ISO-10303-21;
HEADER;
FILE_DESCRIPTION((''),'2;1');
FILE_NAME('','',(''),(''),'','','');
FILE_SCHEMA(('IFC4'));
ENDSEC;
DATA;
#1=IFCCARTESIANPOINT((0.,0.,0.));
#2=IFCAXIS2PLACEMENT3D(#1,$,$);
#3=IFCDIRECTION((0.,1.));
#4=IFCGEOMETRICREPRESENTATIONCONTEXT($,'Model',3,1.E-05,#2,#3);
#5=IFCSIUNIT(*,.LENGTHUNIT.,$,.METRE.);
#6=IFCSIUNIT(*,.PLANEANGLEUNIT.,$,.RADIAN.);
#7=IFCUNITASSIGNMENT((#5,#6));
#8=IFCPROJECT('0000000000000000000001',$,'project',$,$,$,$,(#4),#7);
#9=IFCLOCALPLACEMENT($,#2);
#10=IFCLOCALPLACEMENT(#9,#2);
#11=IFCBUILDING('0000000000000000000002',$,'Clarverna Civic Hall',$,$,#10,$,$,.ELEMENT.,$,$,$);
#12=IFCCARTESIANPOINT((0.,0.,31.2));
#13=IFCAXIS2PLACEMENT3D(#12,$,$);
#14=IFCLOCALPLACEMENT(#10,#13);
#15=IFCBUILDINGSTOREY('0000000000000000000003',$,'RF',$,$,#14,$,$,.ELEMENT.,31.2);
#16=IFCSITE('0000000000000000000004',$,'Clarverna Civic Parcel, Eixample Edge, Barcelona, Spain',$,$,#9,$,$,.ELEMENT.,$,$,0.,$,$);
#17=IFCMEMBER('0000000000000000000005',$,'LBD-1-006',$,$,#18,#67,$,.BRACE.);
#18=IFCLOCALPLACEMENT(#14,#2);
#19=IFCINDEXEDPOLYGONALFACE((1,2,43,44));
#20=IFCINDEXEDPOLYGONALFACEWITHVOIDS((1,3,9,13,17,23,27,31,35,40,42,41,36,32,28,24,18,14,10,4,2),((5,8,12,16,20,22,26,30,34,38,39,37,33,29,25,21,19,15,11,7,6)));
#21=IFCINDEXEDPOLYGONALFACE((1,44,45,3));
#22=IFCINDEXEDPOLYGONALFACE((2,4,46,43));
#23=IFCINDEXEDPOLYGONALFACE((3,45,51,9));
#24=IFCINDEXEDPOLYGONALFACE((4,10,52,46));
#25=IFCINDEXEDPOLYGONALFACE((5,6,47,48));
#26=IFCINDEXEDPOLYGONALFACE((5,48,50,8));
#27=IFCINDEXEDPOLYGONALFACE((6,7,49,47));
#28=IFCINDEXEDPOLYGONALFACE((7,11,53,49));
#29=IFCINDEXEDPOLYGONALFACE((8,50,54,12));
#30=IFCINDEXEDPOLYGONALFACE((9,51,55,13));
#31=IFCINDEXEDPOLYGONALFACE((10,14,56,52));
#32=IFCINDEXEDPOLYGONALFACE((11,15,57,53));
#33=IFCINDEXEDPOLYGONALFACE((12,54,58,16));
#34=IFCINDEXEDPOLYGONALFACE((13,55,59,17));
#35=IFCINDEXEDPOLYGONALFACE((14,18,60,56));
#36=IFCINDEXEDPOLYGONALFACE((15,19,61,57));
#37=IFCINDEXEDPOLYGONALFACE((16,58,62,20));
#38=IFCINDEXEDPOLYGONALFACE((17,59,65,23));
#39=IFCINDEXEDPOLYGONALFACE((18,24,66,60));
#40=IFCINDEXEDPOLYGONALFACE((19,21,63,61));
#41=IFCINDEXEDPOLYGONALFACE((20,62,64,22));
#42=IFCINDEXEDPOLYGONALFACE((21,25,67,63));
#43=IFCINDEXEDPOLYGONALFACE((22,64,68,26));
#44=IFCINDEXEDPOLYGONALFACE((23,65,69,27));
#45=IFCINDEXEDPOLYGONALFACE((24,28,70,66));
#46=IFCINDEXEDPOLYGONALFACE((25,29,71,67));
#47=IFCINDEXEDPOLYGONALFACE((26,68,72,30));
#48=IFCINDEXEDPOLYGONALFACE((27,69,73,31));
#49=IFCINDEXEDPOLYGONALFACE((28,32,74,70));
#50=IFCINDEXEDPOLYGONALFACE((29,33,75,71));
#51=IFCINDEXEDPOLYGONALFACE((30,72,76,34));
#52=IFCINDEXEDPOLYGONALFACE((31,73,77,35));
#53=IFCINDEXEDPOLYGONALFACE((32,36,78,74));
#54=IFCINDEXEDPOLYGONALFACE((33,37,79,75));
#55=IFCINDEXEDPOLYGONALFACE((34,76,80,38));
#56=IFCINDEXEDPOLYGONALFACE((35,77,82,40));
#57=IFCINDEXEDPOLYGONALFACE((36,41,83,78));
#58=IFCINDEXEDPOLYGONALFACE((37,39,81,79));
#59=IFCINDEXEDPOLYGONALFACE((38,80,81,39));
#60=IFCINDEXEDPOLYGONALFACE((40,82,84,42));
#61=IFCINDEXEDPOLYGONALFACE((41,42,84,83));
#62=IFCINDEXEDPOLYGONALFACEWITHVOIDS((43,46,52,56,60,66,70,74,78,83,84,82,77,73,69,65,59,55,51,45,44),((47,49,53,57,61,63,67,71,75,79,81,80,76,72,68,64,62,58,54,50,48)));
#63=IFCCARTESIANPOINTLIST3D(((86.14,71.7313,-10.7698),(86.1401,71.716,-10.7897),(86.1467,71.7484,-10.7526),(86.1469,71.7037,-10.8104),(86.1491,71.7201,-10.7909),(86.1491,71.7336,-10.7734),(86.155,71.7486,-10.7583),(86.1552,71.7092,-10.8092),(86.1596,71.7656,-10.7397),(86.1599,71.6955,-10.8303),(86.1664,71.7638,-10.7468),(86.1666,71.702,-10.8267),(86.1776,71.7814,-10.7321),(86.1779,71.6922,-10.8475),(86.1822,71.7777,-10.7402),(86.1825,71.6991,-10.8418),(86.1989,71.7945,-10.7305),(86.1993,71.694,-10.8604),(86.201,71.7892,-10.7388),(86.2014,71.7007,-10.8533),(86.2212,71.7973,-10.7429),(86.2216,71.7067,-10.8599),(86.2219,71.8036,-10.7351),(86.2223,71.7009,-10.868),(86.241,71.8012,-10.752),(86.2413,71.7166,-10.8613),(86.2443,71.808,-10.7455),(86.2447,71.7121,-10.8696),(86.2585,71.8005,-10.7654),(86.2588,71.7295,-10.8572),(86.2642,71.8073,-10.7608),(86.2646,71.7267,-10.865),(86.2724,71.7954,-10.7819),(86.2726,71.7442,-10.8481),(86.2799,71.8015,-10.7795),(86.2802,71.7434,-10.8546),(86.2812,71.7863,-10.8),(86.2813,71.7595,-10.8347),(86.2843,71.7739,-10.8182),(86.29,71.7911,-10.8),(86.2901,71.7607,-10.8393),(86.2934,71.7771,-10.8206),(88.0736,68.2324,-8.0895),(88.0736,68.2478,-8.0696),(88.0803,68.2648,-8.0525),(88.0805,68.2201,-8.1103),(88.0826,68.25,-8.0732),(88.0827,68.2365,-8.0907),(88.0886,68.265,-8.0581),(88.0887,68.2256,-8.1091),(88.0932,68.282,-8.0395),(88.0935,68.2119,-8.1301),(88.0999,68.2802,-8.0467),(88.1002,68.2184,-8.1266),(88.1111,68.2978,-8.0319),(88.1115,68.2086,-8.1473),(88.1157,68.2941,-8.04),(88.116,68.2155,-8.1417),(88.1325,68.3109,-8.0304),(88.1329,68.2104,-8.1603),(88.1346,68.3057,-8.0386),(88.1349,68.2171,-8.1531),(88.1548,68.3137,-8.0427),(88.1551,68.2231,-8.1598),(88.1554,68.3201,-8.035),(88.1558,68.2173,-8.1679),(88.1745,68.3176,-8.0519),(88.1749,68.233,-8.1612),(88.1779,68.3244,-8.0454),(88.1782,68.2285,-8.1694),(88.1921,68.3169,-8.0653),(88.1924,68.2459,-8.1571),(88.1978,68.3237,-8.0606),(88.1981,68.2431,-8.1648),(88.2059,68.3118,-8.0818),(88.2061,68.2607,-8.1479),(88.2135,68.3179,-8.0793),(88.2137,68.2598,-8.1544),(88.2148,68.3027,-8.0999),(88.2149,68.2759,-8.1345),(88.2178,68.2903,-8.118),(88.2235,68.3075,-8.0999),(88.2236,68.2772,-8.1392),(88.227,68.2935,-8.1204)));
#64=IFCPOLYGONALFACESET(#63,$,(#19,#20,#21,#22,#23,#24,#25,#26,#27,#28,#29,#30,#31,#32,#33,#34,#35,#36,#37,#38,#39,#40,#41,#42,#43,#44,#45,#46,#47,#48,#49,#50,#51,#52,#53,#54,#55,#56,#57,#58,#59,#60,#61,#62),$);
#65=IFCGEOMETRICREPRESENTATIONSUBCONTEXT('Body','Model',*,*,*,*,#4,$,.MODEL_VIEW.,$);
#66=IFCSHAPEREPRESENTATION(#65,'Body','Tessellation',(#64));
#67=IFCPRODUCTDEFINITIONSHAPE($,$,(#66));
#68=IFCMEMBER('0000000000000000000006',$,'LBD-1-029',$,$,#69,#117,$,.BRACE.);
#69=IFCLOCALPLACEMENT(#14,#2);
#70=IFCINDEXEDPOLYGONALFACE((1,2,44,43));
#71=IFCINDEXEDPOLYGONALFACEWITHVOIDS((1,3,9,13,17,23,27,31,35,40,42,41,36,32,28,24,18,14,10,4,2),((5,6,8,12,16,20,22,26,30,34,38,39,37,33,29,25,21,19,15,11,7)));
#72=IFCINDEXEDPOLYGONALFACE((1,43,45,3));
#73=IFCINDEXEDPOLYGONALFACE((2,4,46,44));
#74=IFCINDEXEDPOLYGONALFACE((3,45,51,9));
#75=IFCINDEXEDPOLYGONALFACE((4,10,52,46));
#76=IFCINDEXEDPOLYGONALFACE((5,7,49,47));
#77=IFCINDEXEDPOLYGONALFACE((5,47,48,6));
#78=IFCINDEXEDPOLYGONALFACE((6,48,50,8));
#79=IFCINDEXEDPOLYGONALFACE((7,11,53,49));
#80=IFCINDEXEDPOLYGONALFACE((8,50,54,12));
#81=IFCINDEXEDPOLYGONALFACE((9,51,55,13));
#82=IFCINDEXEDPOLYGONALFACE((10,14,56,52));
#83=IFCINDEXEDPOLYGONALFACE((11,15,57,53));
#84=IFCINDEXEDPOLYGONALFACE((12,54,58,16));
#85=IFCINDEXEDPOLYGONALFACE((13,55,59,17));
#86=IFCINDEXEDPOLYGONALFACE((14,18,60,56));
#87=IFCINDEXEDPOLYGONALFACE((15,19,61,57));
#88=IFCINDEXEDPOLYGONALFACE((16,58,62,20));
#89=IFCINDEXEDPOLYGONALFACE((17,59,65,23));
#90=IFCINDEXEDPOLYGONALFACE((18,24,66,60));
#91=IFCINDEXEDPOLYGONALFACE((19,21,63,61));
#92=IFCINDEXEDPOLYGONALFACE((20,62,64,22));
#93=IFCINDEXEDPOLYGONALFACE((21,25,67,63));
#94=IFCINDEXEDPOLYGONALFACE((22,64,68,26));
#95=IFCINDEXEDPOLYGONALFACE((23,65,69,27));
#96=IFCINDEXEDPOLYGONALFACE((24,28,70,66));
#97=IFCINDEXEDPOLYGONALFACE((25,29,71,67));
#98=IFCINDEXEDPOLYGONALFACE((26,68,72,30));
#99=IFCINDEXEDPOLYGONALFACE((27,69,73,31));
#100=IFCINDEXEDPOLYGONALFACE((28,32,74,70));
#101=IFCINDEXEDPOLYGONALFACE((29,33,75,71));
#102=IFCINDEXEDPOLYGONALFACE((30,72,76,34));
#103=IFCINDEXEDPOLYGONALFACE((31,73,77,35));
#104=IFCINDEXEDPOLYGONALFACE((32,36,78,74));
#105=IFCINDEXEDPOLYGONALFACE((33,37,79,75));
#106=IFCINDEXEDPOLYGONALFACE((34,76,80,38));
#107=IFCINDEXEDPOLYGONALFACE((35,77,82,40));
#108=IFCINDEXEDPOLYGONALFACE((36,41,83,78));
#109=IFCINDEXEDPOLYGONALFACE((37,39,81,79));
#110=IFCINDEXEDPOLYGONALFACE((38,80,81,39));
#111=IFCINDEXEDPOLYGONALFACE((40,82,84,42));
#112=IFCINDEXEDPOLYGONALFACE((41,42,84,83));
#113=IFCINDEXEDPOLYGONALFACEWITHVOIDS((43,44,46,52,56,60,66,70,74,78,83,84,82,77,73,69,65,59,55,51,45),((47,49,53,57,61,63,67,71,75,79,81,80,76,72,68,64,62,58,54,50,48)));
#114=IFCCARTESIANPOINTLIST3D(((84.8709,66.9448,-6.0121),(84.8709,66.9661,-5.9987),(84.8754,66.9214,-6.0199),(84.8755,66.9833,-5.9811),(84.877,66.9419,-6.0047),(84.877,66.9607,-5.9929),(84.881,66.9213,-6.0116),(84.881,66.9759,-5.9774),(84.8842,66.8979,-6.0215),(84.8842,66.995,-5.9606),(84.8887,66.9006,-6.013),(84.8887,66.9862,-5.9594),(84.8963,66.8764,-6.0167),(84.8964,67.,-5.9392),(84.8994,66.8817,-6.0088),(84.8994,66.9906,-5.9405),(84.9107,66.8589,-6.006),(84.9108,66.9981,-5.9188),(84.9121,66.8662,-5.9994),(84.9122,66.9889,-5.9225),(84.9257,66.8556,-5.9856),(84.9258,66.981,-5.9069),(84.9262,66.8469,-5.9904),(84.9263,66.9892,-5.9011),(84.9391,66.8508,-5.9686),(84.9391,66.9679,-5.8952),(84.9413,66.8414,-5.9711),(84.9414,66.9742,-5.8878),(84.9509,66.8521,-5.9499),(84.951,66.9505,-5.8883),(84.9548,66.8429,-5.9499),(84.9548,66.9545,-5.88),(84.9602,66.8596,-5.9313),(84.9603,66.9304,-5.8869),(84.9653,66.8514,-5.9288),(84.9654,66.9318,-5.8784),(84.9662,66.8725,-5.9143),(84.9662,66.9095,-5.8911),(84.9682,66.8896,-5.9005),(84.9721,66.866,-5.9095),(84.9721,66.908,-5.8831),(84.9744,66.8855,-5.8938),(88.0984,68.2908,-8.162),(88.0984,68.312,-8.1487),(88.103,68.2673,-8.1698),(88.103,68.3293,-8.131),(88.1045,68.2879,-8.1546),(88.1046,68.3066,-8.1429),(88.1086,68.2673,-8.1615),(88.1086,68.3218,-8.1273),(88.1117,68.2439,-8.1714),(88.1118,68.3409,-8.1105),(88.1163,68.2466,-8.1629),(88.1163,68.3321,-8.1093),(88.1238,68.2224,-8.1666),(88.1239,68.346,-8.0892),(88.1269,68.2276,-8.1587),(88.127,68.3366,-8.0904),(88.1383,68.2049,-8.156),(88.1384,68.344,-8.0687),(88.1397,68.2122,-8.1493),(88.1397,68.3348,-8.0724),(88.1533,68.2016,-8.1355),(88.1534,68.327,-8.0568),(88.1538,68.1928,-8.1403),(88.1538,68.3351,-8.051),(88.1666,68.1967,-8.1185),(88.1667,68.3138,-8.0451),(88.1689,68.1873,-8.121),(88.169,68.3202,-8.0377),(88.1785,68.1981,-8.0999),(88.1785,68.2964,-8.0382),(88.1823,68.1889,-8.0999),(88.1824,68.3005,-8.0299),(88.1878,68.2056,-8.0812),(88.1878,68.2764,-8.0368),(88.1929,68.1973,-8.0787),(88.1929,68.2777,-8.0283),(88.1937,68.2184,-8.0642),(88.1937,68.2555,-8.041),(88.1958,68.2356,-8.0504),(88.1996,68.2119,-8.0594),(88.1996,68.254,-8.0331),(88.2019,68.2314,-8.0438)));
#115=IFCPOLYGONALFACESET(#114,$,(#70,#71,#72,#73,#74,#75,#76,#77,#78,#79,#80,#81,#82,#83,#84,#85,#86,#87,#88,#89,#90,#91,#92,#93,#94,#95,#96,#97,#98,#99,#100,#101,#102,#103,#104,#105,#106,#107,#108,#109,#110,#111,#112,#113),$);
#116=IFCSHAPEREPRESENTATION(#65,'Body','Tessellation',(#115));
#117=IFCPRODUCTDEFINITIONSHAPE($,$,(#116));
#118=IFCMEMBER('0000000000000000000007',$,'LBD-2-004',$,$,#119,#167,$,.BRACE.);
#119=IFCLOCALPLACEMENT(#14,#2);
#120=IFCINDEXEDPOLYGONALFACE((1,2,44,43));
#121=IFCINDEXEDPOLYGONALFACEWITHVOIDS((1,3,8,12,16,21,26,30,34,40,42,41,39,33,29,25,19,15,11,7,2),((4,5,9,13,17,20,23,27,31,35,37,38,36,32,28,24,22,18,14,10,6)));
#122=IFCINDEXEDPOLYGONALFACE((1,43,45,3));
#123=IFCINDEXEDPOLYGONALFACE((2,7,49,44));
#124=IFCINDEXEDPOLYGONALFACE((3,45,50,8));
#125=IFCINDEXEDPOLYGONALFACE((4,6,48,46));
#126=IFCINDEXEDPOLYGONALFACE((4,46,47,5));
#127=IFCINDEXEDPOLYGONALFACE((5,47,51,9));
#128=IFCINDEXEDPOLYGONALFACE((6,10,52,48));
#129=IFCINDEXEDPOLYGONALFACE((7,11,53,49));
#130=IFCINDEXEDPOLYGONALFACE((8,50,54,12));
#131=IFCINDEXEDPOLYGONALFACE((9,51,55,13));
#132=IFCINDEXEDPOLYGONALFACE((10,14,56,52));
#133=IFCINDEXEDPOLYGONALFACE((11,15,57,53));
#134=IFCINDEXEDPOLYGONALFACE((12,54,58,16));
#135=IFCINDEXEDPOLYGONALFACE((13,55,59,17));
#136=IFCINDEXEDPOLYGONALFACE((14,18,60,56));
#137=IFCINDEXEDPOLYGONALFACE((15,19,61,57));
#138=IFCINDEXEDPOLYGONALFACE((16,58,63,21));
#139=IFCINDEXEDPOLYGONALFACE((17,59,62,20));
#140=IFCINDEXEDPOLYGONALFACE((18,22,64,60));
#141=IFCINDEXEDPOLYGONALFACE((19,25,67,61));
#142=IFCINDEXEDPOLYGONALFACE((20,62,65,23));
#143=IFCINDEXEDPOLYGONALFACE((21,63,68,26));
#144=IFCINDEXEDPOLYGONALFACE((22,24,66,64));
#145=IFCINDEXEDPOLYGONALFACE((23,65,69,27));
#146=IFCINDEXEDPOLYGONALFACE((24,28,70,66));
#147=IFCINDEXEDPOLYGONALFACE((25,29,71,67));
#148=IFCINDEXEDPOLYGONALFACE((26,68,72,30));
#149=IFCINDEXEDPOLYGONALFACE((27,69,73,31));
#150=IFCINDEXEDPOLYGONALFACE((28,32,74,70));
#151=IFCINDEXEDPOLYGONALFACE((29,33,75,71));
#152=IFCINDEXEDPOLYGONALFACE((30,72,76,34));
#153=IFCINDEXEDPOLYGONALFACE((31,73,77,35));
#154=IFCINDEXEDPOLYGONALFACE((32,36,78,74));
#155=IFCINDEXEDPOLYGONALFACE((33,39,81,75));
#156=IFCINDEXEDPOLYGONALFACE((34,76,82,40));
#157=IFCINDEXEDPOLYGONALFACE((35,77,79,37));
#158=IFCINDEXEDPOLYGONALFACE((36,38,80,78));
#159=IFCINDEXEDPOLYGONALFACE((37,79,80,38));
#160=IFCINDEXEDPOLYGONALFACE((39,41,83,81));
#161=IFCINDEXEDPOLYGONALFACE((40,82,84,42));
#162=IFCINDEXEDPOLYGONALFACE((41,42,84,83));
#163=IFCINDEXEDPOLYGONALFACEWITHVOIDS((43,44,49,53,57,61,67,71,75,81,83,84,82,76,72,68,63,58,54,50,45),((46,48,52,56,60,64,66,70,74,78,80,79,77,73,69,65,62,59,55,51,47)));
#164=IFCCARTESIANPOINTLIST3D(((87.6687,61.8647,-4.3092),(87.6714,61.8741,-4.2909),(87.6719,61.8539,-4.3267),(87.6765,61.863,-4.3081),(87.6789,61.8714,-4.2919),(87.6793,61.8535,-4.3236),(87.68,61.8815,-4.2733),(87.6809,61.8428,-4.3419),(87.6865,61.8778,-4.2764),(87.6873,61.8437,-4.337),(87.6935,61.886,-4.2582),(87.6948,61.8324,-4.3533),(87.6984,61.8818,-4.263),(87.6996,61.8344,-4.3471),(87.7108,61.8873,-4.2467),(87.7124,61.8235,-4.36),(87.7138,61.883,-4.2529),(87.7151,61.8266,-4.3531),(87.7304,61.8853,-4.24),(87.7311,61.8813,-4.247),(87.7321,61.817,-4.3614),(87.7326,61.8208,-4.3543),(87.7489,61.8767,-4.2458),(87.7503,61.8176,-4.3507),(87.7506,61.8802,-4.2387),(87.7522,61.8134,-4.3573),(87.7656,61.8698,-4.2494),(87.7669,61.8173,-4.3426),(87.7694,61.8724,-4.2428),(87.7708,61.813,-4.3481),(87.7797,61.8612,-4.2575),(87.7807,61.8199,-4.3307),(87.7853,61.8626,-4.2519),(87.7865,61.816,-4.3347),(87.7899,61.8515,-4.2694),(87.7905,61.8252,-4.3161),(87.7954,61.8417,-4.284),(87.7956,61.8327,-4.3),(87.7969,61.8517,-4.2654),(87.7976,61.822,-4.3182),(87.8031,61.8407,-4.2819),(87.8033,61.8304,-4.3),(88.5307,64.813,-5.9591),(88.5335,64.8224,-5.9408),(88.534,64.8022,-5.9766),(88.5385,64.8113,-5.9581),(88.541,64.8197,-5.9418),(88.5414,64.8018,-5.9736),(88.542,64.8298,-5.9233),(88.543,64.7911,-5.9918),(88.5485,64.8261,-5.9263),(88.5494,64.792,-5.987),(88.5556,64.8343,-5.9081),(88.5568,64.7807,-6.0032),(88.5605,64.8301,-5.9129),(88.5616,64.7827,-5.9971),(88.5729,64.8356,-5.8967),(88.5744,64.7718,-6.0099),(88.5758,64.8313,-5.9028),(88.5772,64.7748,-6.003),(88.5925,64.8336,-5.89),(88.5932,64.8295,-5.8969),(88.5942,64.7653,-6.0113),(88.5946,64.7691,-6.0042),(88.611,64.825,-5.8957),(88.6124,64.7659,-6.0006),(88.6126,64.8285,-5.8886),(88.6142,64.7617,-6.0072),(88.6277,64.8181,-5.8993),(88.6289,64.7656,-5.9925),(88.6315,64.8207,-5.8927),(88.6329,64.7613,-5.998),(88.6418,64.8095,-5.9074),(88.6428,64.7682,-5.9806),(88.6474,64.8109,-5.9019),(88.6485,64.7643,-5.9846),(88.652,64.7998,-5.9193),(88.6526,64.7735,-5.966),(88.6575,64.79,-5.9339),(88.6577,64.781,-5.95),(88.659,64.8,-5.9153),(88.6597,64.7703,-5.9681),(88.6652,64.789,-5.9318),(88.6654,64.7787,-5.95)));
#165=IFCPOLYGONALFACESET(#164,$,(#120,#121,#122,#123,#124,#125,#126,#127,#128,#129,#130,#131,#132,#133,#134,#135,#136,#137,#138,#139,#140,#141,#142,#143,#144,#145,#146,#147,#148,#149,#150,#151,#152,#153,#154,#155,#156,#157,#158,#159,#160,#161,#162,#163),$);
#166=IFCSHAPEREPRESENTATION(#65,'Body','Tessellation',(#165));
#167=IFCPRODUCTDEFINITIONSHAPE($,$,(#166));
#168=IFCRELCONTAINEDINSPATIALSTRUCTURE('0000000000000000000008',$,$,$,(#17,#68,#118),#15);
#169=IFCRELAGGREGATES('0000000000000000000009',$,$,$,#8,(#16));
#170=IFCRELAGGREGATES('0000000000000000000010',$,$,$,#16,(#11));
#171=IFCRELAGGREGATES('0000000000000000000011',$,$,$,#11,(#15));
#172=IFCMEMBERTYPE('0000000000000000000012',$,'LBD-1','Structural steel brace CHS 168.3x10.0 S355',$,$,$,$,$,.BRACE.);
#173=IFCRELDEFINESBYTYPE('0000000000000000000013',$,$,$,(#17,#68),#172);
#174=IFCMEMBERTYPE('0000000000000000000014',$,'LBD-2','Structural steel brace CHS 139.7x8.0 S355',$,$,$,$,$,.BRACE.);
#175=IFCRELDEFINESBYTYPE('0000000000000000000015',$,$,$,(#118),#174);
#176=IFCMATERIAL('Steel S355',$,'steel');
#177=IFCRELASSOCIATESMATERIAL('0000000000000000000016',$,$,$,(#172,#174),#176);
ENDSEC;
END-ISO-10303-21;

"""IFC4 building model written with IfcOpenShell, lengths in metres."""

from ifc_helpers import new_model, si_unit, direction, frame, origin, origin_2d, place, context, subcontext, project, spatial, hollow_circle, extrude, material, material_profile, profile_set, type_object, element, save


model = new_model("IFC4")

# Units and contexts
model_context = context("Model", 3, precision=1e-05, world=origin(), true_north=direction((0.0, 1.0)))
body_context = subcontext(model_context, "Body", "Model", "MODEL_VIEW")
ifc_project = project(units=[si_unit("LENGTHUNIT", "METRE"), si_unit("PLANEANGLEUNIT", "RADIAN")], contexts=[model_context])

# Site, building, storey
site_placement = place(None, origin())
site = spatial("IfcSite", under=ifc_project, at=site_placement, Name="Clarverna Civic Parcel, Eixample Edge, Barcelona, Spain", CompositionType="ELEMENT", RefElevation=0.0)
building_placement = place(site_placement, origin())
building = spatial("IfcBuilding", under=site, at=building_placement, Name="Clarverna Civic Hall", CompositionType="ELEMENT")
storey_placement = place(building_placement, frame((0.0, 0.0, 31.2)))
storey = spatial("IfcBuildingStorey", under=building, at=storey_placement, Name="RF", CompositionType="ELEMENT", Elevation=31.2)

# Members
ifc_material_1 = material(Name="Steel S355", Category="steel")
ifc_material_profile_1 = material_profile(ifc_material_1, hollow_circle(Radius=0.0842, WallThickness=0.01, at=origin_2d()), Name="CHS 168.3x10.0")
ifc_profile_set_1 = profile_set([ifc_material_profile_1], Name="Steel S355")
member_type_1 = type_object("IfcMemberType", Name="LBD-1", Description="Structural steel brace CHS 168.3x10.0 S355", PredefinedType="BRACE", material=ifc_profile_set_1)
for number, where, z_axis, x_axis, name in (
    (1, (86.2163, 71.7502, -10.8), (0.401738, -0.723789, 0.561014), (0.874345, 0.485305, 0.0), "LBD-1-006"),
):
    element("IfcMember", number, at=place(storey_placement, frame(where, z_axis=z_axis, x_axis=x_axis)), inside=storey, type_object=member_type_1, Name=name, PredefinedType="BRACE", context=body_context, shape_type="SweptSolid", body=[
        extrude(hollow_circle(Radius=0.0842, WallThickness=0.01, at=origin_2d()), origin(), (0.0, 0.0, 1.0), 4.813),
    ])
member_1_placement = place(storey_placement, frame((88.1499, 68.2666, -8.0999), z_axis=(-0.786254, -0.327883, 0.523733), x_axis=(0.384893, -0.922961, 0.0)))
element("IfcMember", 2, at=member_1_placement, inside=storey, type_object=member_type_1, Name="LBD-1-029", PredefinedType="BRACE", context=body_context, shape_type="SweptSolid", body=[
    extrude(hollow_circle(Radius=0.0842, WallThickness=0.01, at=origin_2d()), origin(), (0.0, 0.0, 1.0), 4.105),
])
ifc_material_profile_2 = material_profile(ifc_material_1, hollow_circle(Radius=0.0698, WallThickness=0.0081, at=origin_2d()), Name="CHS 139.7x8.0")
ifc_profile_set_2 = profile_set([ifc_material_profile_2], Name="Steel S355")
member_type_2 = type_object("IfcMemberType", Name="LBD-2", Description="Structural steel brace CHS 139.7x8.0 S355", PredefinedType="BRACE", material=ifc_profile_set_2)
member_2_placement = place(storey_placement, frame((88.5984, 64.7983, -5.95), z_axis=(-0.247239, -0.845555, 0.473191), x_axis=(0.959811, -0.280647, 0.0)))
element("IfcMember", 3, at=member_2_placement, inside=storey, type_object=member_type_2, Name="LBD-2-004", PredefinedType="BRACE", context=body_context, shape_type="SweptSolid", body=[
    extrude(hollow_circle(Radius=0.0698, WallThickness=0.0081, at=origin_2d()), origin(), (0.0, 0.0, 1.0), 3.4868),
])

save(model, "model.ifc")
